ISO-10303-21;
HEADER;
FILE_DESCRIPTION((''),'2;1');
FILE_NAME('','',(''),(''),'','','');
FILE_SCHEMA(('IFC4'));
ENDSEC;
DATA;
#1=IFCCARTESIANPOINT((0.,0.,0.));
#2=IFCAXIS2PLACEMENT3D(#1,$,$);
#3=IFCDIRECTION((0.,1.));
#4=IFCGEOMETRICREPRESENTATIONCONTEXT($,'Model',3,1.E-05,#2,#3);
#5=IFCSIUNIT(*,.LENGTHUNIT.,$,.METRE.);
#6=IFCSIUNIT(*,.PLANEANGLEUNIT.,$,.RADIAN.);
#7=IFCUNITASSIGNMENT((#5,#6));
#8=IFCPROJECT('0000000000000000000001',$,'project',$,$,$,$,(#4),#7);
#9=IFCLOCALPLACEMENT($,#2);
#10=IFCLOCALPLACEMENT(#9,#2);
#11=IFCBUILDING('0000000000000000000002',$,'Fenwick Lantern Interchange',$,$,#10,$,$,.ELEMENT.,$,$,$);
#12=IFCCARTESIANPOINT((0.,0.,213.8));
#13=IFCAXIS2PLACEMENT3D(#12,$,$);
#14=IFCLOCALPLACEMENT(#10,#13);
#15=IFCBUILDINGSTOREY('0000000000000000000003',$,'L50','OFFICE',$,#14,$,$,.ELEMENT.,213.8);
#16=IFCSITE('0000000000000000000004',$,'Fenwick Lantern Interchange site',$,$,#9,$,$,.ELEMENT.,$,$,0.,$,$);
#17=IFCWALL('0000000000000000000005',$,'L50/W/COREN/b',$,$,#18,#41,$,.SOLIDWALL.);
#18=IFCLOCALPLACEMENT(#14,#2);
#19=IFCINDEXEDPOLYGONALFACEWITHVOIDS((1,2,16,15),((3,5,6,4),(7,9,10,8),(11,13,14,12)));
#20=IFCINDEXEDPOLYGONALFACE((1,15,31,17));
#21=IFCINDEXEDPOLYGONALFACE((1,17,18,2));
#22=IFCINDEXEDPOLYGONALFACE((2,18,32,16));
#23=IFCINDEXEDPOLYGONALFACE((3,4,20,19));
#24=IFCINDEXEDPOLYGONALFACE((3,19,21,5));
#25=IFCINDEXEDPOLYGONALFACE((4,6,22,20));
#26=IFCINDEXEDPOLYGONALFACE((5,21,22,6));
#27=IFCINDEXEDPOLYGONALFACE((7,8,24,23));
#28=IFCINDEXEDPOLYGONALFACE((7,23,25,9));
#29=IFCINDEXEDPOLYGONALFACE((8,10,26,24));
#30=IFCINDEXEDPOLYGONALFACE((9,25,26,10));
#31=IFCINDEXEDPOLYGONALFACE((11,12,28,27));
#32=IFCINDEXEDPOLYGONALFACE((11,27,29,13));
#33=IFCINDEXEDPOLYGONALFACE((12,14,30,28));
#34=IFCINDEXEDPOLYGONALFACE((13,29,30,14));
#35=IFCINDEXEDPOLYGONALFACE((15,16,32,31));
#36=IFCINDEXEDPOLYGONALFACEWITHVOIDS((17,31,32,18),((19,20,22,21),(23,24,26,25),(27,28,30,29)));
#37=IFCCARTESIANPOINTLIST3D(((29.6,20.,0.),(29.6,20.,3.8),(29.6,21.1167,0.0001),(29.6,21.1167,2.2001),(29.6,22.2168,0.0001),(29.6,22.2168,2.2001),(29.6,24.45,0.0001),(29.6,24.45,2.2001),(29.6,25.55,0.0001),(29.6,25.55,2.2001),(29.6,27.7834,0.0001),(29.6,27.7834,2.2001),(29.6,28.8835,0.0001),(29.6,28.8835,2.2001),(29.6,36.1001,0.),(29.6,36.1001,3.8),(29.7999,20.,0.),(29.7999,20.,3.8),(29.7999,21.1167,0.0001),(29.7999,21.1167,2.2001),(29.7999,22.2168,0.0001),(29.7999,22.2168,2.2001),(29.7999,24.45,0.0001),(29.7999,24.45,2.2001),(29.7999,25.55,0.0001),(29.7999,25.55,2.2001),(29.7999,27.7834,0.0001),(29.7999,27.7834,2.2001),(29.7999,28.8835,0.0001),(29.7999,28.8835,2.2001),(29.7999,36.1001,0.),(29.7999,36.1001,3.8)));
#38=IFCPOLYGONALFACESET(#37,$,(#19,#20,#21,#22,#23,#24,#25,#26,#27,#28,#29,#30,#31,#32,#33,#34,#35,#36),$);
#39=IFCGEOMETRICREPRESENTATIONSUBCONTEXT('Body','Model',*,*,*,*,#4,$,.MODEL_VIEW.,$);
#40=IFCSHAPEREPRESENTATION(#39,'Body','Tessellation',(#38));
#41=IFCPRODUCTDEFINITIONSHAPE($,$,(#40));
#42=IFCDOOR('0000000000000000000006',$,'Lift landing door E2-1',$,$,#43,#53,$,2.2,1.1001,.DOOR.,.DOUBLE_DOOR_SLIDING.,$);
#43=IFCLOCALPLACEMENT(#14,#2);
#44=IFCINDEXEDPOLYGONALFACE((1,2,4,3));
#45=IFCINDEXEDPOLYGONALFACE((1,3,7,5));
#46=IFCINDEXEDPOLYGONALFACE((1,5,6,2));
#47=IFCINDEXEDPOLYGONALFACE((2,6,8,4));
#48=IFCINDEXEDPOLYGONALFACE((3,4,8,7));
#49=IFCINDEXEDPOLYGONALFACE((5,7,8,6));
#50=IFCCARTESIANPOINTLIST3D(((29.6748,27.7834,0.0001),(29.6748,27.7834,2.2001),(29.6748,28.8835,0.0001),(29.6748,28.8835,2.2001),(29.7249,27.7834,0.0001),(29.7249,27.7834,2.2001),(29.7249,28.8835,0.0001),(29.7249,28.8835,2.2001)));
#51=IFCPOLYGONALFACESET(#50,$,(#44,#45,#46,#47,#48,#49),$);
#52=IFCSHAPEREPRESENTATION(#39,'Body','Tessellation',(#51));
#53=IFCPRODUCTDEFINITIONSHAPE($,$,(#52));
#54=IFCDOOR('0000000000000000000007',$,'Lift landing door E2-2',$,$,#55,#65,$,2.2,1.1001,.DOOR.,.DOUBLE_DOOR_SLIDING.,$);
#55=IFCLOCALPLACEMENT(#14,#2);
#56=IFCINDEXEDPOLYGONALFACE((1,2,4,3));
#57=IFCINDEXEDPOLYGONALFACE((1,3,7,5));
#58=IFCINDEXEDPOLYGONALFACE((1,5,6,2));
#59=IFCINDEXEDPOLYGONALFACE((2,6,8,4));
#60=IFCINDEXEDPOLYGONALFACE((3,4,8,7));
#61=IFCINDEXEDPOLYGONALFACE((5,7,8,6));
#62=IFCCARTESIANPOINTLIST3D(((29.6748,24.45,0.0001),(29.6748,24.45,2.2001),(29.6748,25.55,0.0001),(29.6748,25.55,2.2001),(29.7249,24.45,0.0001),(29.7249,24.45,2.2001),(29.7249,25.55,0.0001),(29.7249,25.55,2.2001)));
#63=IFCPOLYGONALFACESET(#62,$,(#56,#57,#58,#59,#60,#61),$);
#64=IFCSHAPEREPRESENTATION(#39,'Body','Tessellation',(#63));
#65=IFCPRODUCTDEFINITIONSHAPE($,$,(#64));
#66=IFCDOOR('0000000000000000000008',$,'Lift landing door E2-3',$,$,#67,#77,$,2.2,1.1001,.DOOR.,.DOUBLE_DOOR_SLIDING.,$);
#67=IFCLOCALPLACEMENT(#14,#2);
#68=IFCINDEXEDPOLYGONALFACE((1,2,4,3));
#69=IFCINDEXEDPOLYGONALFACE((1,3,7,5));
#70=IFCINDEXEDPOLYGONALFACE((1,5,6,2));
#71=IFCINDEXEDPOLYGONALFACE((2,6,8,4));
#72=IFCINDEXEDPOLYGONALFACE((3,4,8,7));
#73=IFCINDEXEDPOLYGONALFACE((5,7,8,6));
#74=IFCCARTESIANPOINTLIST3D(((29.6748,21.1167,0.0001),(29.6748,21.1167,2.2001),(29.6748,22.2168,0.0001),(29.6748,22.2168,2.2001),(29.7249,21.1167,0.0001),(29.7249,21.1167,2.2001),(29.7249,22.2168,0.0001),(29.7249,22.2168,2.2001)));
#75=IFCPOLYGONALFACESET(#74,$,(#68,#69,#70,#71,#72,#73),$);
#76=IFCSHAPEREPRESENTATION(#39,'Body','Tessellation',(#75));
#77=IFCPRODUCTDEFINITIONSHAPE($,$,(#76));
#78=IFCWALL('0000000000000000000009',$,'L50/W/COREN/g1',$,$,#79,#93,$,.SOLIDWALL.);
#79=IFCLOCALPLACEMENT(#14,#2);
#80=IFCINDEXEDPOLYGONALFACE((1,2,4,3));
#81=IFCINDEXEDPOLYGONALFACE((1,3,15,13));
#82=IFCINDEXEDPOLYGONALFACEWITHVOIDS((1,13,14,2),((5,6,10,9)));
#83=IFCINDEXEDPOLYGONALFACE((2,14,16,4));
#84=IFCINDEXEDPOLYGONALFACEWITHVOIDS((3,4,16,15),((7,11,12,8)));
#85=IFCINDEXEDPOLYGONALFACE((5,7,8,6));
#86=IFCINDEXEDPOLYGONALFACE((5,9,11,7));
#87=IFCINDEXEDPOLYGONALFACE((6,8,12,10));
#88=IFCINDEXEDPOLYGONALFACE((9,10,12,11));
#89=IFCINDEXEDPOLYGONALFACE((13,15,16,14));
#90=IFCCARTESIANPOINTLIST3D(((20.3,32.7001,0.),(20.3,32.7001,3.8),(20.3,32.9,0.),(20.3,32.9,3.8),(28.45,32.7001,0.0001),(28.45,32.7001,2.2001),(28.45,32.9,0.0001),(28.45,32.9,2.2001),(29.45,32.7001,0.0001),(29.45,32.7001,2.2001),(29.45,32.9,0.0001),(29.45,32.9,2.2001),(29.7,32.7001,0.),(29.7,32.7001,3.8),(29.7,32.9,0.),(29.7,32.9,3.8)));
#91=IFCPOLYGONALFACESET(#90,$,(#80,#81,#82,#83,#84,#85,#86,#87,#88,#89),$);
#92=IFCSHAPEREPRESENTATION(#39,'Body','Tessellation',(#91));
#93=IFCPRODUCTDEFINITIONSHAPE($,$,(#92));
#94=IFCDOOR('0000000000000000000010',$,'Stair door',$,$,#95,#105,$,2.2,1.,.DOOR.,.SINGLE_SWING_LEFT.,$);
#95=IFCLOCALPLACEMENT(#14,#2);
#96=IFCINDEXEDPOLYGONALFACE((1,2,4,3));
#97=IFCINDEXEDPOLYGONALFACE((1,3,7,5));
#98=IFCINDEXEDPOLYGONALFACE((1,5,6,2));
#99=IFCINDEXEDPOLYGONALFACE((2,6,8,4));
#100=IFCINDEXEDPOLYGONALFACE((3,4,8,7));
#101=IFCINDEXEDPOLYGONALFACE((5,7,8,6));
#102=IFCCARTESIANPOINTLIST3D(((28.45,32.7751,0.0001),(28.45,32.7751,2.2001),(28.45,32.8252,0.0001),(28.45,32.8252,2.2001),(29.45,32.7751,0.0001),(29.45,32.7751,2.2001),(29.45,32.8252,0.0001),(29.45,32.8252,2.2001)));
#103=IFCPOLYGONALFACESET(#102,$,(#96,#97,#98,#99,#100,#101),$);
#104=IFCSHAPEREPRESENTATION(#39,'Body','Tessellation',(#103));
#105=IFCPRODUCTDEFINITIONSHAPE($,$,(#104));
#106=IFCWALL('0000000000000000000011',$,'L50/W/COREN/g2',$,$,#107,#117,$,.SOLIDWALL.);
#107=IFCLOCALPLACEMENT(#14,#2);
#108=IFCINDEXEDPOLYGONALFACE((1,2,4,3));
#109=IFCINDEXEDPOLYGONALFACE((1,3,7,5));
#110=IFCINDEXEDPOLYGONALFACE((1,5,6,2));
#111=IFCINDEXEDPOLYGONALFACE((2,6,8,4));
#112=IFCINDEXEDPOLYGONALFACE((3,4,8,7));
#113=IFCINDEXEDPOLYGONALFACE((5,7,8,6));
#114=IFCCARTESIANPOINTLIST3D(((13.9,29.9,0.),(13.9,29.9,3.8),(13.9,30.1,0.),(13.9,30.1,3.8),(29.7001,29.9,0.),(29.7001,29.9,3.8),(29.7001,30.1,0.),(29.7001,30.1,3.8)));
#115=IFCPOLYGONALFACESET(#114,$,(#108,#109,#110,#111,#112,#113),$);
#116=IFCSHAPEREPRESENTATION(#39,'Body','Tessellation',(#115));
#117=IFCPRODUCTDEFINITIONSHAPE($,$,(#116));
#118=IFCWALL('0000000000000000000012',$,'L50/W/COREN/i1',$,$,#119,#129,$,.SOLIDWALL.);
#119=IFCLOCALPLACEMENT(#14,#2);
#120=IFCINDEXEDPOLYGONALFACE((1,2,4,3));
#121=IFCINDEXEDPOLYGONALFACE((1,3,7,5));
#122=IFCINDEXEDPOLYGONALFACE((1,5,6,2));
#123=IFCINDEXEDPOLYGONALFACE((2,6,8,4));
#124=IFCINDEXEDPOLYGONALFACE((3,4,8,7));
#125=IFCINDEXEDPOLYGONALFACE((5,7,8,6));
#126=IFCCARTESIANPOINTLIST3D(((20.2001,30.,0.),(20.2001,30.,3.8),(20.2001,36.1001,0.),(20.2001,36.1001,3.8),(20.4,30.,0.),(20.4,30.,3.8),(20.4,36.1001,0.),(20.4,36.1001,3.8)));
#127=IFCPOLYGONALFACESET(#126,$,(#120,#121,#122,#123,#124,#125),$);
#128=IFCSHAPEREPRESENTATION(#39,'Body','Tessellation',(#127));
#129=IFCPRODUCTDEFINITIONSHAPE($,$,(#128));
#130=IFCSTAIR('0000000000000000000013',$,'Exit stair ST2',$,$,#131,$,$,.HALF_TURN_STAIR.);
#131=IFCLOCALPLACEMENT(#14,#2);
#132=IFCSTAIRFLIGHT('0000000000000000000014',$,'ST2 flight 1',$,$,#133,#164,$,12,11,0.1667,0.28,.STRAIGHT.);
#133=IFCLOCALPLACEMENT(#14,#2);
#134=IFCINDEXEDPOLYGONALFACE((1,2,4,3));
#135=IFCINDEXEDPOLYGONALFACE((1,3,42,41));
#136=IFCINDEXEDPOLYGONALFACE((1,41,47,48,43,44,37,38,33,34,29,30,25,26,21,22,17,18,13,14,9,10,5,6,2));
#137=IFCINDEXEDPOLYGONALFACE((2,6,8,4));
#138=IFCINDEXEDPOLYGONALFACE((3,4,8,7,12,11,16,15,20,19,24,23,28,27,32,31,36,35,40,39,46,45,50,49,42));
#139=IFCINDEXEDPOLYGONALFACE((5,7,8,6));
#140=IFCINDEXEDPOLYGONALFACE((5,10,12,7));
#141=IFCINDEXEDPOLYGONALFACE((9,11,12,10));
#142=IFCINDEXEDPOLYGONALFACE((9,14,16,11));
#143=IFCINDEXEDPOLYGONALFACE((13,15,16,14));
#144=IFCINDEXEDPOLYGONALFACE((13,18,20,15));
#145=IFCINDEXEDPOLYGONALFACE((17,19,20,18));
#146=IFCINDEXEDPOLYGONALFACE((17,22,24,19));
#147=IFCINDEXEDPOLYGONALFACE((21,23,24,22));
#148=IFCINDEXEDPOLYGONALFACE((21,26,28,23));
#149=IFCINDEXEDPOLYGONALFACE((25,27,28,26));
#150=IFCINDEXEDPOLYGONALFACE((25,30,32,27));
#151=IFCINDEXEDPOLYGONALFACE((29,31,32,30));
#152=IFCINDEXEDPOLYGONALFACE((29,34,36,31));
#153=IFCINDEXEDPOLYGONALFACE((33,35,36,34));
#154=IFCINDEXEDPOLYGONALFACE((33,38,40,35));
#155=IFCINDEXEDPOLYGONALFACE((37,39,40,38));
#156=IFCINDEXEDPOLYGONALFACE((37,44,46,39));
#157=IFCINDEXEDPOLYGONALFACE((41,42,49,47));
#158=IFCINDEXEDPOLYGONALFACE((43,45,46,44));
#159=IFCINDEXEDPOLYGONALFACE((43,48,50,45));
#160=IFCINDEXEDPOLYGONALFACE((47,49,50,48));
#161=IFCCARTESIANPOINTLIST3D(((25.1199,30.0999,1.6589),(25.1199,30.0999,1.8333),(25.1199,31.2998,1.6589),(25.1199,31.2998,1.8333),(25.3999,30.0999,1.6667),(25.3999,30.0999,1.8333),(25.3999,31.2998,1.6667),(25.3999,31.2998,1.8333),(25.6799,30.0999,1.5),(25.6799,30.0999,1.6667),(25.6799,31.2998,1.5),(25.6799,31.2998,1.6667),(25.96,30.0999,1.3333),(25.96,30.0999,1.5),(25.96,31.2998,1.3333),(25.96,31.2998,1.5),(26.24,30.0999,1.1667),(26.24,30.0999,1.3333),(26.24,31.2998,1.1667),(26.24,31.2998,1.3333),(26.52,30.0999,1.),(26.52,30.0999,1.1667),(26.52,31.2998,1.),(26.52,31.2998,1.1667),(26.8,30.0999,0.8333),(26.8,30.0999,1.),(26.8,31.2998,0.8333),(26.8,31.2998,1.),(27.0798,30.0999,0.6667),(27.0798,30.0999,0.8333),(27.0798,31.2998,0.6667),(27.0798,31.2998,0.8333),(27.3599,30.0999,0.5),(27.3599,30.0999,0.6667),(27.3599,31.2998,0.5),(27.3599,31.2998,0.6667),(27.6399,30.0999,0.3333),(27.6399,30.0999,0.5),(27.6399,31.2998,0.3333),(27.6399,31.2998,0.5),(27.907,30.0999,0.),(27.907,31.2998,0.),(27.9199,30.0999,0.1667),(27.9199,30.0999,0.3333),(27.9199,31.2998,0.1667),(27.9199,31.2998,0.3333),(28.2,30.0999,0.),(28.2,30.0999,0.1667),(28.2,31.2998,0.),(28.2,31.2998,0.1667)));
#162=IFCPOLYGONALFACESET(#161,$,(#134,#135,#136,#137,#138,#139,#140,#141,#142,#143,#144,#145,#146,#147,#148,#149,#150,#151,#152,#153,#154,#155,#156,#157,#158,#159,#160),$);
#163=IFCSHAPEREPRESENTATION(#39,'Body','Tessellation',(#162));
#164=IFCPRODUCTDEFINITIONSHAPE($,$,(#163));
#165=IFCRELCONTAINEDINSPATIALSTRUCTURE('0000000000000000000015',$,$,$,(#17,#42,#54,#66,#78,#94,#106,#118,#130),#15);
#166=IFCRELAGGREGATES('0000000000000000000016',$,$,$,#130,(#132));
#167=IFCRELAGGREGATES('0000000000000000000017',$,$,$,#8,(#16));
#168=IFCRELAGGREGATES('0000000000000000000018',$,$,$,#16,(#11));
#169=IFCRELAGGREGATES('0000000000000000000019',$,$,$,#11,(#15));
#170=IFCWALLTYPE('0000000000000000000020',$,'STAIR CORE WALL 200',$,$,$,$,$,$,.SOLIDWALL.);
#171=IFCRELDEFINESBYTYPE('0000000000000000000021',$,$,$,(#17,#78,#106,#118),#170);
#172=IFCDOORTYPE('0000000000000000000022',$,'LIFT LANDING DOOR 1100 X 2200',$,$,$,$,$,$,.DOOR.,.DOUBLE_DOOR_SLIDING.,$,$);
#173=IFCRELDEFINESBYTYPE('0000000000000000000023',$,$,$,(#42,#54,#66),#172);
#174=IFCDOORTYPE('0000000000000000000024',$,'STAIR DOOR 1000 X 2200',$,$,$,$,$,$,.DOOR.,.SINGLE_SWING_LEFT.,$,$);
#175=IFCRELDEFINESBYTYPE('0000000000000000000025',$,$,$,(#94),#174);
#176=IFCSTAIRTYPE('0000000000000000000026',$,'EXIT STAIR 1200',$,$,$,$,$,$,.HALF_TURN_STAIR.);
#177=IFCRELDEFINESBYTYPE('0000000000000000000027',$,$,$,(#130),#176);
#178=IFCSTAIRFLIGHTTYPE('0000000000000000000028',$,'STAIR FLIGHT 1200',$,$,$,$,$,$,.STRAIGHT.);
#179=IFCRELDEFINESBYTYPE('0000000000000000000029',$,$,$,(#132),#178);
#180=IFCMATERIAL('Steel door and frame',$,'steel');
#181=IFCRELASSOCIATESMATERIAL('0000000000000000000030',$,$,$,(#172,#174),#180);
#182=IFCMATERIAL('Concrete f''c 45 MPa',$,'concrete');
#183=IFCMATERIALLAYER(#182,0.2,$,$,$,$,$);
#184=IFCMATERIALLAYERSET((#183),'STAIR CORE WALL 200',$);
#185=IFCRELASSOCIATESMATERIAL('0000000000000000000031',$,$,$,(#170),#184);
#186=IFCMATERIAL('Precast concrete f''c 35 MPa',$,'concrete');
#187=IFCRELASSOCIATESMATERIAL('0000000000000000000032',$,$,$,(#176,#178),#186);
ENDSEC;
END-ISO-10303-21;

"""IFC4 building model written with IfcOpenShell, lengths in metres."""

from ifc_helpers import new_model, si_unit, direction, frame, frame_2d, origin, place, context, subcontext, project, spatial, polyline, rectangle, outline, extrude, material, layer, layer_set, type_object, element, fill, aggregate, save


model = new_model("IFC4")

# Units and contexts
model_context = context("Model", 3, precision=1e-05, world=origin(), true_north=direction((0.0, 1.0)))
body_context = subcontext(model_context, "Body", "Model", "MODEL_VIEW")
ifc_project = project(units=[si_unit("LENGTHUNIT", "METRE"), si_unit("PLANEANGLEUNIT", "RADIAN")], contexts=[model_context])

# Site, building, storey
site_placement = place(None, origin())
site = spatial("IfcSite", under=ifc_project, at=site_placement, Name="Fenwick Lantern Interchange site", CompositionType="ELEMENT", RefElevation=0.0)
building_placement = place(site_placement, origin())
building = spatial("IfcBuilding", under=site, at=building_placement, Name="Fenwick Lantern Interchange", CompositionType="ELEMENT")
storey_placement = place(building_placement, frame((0.0, 0.0, 213.8)))
storey = spatial("IfcBuildingStorey", under=building, at=storey_placement, Name="L50", Description="OFFICE", CompositionType="ELEMENT", Elevation=213.8)

# Shared definitions
ifc_material_1 = material(Name="Steel door and frame", Category="steel")
door_type_1 = type_object("IfcDoorType", Name="LIFT LANDING DOOR 1100 X 2200", OperationType="DOUBLE_DOOR_SLIDING", PredefinedType="DOOR", material=ifc_material_1)

# Wall, openings, doors
ifc_material_2 = material(Name="Concrete f'c 45 MPa", Category="concrete")
ifc_layer_1 = layer(ifc_material_2, 0.2)
ifc_layer_set_1 = layer_set([ifc_layer_1], Name="STAIR CORE WALL 200")
wall_type_1 = type_object("IfcWallType", Name="STAIR CORE WALL 200", PredefinedType="SOLIDWALL", material=ifc_layer_set_1)
wall_1_placement = place(storey_placement, frame((29.7, 36.1001, 0.0), z_axis=(0.0, 0.0, 1.0), x_axis=(0.0, -1.0, 0.0)))
wall_1 = element("IfcWall", 1, at=wall_1_placement, inside=storey, type_object=wall_type_1, Name="L50/W/COREN/b", PredefinedType="SOLIDWALL", context=body_context, shape_type="SweptSolid", body=[
    extrude(rectangle(XDim=16.1001, YDim=0.2, at=frame_2d((8.05, 0.0))), origin(), (0.0, 0.0, 1.0), 3.8),
])
opening_1_placement = place(wall_1_placement, frame((7.2166, 0.0, 0.0)))
opening_1 = element("IfcOpeningElement", 2, at=opening_1_placement, cuts=wall_1, PredefinedType="OPENING", context=body_context, shape_type="SweptSolid", body=[
    extrude(rectangle(XDim=1.1001, YDim=2.2, at=frame_2d((0.55, 1.1001))), frame((0.0, 0.1099, 0.0), z_axis=(0.0, -1.0, 0.0), x_axis=(1.0, 0.0, 0.0)), (0.0, 0.0, 1.0), 0.22),
])
opening_2_placement = place(wall_1_placement, frame((10.55, 0.0, 0.0)))
opening_2 = element("IfcOpeningElement", 3, at=opening_2_placement, cuts=wall_1, PredefinedType="OPENING", context=body_context, shape_type="SweptSolid", body=[
    extrude(rectangle(XDim=1.1001, YDim=2.2, at=frame_2d((0.55, 1.1001))), frame((0.0, 0.1099, 0.0), z_axis=(0.0, -1.0, 0.0), x_axis=(1.0, 0.0, 0.0)), (0.0, 0.0, 1.0), 0.22),
])
opening_3_placement = place(wall_1_placement, frame((13.8833, 0.0, 0.0)))
opening_3 = element("IfcOpeningElement", 4, at=opening_3_placement, cuts=wall_1, PredefinedType="OPENING", context=body_context, shape_type="SweptSolid", body=[
    extrude(rectangle(XDim=1.1001, YDim=2.2, at=frame_2d((0.55, 1.1001))), frame((0.0, 0.1099, 0.0), z_axis=(0.0, -1.0, 0.0), x_axis=(1.0, 0.0, 0.0)), (0.0, 0.0, 1.0), 0.22),
])
door_1_placement = place(opening_1_placement, origin())
door_1 = element("IfcDoor", 5, at=door_1_placement, inside=storey, type_object=door_type_1, Name="Lift landing door E2-1", OperationType="DOUBLE_DOOR_SLIDING", OverallHeight=2.2, OverallWidth=1.1001, PredefinedType="DOOR", context=body_context, shape_type="SweptSolid", body=[
    extrude(rectangle(XDim=1.1001, YDim=2.2, at=frame_2d((0.55, 1.1001))), frame((0.0, 0.0249, 0.0), z_axis=(0.0, -1.0, 0.0), x_axis=(1.0, 0.0, 0.0)), (0.0, 0.0, 1.0), 0.05),
])
fill(opening_1, door_1)
door_2_placement = place(opening_2_placement, origin())
door_2 = element("IfcDoor", 6, at=door_2_placement, inside=storey, type_object=door_type_1, Name="Lift landing door E2-2", OperationType="DOUBLE_DOOR_SLIDING", OverallHeight=2.2, OverallWidth=1.1001, PredefinedType="DOOR", context=body_context, shape_type="SweptSolid", body=[
    extrude(rectangle(XDim=1.1001, YDim=2.2, at=frame_2d((0.55, 1.1001))), frame((0.0, 0.0249, 0.0), z_axis=(0.0, -1.0, 0.0), x_axis=(1.0, 0.0, 0.0)), (0.0, 0.0, 1.0), 0.05),
])
fill(opening_2, door_2)
door_3_placement = place(opening_3_placement, origin())
door_3 = element("IfcDoor", 7, at=door_3_placement, inside=storey, type_object=door_type_1, Name="Lift landing door E2-3", OperationType="DOUBLE_DOOR_SLIDING", OverallHeight=2.2, OverallWidth=1.1001, PredefinedType="DOOR", context=body_context, shape_type="SweptSolid", body=[
    extrude(rectangle(XDim=1.1001, YDim=2.2, at=frame_2d((0.55, 1.1001))), frame((0.0, 0.0249, 0.0), z_axis=(0.0, -1.0, 0.0), x_axis=(1.0, 0.0, 0.0)), (0.0, 0.0, 1.0), 0.05),
])
fill(opening_3, door_3)

# Wall, opening, door
wall_2_placement = place(storey_placement, frame((29.7, 32.8, 0.0), z_axis=(0.0, 0.0, 1.0), x_axis=(-1.0, 0.0, 0.0)))
wall_2 = element("IfcWall", 8, at=wall_2_placement, inside=storey, type_object=wall_type_1, Name="L50/W/COREN/g1", PredefinedType="SOLIDWALL", context=body_context, shape_type="SweptSolid", body=[
    extrude(rectangle(XDim=9.3999, YDim=0.2, at=frame_2d((4.7, 0.0))), origin(), (0.0, 0.0, 1.0), 3.8),
])
opening_4_placement = place(wall_2_placement, frame((0.25, 0.0, 0.0)))
opening_4 = element("IfcOpeningElement", 9, at=opening_4_placement, cuts=wall_2, PredefinedType="OPENING", context=body_context, shape_type="SweptSolid", body=[
    extrude(rectangle(XDim=1.0, YDim=2.2, at=frame_2d((0.5, 1.1001))), frame((0.0, 0.1099, 0.0), z_axis=(0.0, -1.0, 0.0), x_axis=(1.0, 0.0, 0.0)), (0.0, 0.0, 1.0), 0.22),
])
door_type_2 = type_object("IfcDoorType", Name="STAIR DOOR 1000 X 2200", OperationType="SINGLE_SWING_LEFT", PredefinedType="DOOR", material=ifc_material_1)
door_4_placement = place(opening_4_placement, origin())
door_4 = element("IfcDoor", 10, at=door_4_placement, inside=storey, type_object=door_type_2, Name="Stair door", OperationType="SINGLE_SWING_LEFT", OverallHeight=2.2, OverallWidth=1.0, PredefinedType="DOOR", context=body_context, shape_type="SweptSolid", body=[
    extrude(rectangle(XDim=1.0, YDim=2.2, at=frame_2d((0.5, 1.1001))), frame((0.0, 0.0249, 0.0), z_axis=(0.0, -1.0, 0.0), x_axis=(1.0, 0.0, 0.0)), (0.0, 0.0, 1.0), 0.05),
])
fill(opening_4, door_4)

# Walls
wall_3_placement = place(storey_placement, frame((29.7, 30.0, 0.0), z_axis=(0.0, 0.0, 1.0), x_axis=(-1.0, 0.0, 0.0)))
element("IfcWall", 11, at=wall_3_placement, inside=storey, type_object=wall_type_1, Name="L50/W/COREN/g2", PredefinedType="SOLIDWALL", context=body_context, shape_type="SweptSolid", body=[
    extrude(rectangle(XDim=15.8, YDim=0.2, at=frame_2d((7.8999, 0.0))), origin(), (0.0, 0.0, 1.0), 3.8),
])
wall_4_placement = place(storey_placement, frame((20.3, 36.1001, 0.0), z_axis=(0.0, 0.0, 1.0), x_axis=(0.0, -1.0, 0.0)))
element("IfcWall", 12, at=wall_4_placement, inside=storey, type_object=wall_type_1, Name="L50/W/COREN/i1", PredefinedType="SOLIDWALL", context=body_context, shape_type="SweptSolid", body=[
    extrude(rectangle(XDim=6.1001, YDim=0.2, at=frame_2d((3.05, 0.0))), origin(), (0.0, 0.0, 1.0), 3.8),
])

# Stair, stair flight
ifc_material_3 = material(Name="Precast concrete f'c 35 MPa", Category="concrete")
stair_type = type_object("IfcStairType", Name="EXIT STAIR 1200", PredefinedType="HALF_TURN_STAIR", material=ifc_material_3)
stair_placement = place(storey_placement, origin())
stair = element("IfcStair", 13, at=stair_placement, inside=storey, type_object=stair_type, Name="Exit stair ST2", PredefinedType="HALF_TURN_STAIR")
stair_flight_type = type_object("IfcStairFlightType", Name="STAIR FLIGHT 1200", PredefinedType="STRAIGHT", material=ifc_material_3)
stair_flight_1_placement = place(storey_placement, frame((28.2, 30.7, 0.0), z_axis=(0.0, 0.0, 1.0), x_axis=(-1.0, 0.0, 0.0)))
stair_flight_1 = element("IfcStairFlight", 14, at=stair_flight_1_placement, type_object=stair_flight_type, Name="ST2 flight 1", NumberOfRisers=12, NumberOfTreads=11, PredefinedType="STRAIGHT", RiserHeight=0.1667, TreadLength=0.28, context=body_context, shape_type="SweptSolid", body=[
    extrude(outline(polyline([(0.0, 0.0), (0.0, 0.1667), (0.28, 0.1667), (0.28, 0.3333), (0.5601, 0.3333), (0.5601, 0.5), (0.8401, 0.5), (0.8401, 0.6667), (1.1201, 0.6667), (1.1201, 0.8333), (1.3999, 0.8333), (1.3999, 1.0), (1.6799, 1.0), (1.6799, 1.1667), (1.96, 1.1667), (1.96, 1.3333), (2.24, 1.3333), (2.24, 1.5), (2.52, 1.5), (2.52, 1.6667), (2.8, 1.6667), (2.8, 1.8333), (3.0801, 1.8333), (3.0801, 2.0), (3.0801, 1.6589), (0.293, 0.0), (0.0, 0.0)])), frame((0.0, 0.6001, 0.0), z_axis=(0.0, -1.0, 0.0), x_axis=(1.0, 0.0, 0.0)), (0.0, 0.0, 1.0), 1.2),
])
aggregate(stair, [stair_flight_1])

save(model, "model.ifc")
